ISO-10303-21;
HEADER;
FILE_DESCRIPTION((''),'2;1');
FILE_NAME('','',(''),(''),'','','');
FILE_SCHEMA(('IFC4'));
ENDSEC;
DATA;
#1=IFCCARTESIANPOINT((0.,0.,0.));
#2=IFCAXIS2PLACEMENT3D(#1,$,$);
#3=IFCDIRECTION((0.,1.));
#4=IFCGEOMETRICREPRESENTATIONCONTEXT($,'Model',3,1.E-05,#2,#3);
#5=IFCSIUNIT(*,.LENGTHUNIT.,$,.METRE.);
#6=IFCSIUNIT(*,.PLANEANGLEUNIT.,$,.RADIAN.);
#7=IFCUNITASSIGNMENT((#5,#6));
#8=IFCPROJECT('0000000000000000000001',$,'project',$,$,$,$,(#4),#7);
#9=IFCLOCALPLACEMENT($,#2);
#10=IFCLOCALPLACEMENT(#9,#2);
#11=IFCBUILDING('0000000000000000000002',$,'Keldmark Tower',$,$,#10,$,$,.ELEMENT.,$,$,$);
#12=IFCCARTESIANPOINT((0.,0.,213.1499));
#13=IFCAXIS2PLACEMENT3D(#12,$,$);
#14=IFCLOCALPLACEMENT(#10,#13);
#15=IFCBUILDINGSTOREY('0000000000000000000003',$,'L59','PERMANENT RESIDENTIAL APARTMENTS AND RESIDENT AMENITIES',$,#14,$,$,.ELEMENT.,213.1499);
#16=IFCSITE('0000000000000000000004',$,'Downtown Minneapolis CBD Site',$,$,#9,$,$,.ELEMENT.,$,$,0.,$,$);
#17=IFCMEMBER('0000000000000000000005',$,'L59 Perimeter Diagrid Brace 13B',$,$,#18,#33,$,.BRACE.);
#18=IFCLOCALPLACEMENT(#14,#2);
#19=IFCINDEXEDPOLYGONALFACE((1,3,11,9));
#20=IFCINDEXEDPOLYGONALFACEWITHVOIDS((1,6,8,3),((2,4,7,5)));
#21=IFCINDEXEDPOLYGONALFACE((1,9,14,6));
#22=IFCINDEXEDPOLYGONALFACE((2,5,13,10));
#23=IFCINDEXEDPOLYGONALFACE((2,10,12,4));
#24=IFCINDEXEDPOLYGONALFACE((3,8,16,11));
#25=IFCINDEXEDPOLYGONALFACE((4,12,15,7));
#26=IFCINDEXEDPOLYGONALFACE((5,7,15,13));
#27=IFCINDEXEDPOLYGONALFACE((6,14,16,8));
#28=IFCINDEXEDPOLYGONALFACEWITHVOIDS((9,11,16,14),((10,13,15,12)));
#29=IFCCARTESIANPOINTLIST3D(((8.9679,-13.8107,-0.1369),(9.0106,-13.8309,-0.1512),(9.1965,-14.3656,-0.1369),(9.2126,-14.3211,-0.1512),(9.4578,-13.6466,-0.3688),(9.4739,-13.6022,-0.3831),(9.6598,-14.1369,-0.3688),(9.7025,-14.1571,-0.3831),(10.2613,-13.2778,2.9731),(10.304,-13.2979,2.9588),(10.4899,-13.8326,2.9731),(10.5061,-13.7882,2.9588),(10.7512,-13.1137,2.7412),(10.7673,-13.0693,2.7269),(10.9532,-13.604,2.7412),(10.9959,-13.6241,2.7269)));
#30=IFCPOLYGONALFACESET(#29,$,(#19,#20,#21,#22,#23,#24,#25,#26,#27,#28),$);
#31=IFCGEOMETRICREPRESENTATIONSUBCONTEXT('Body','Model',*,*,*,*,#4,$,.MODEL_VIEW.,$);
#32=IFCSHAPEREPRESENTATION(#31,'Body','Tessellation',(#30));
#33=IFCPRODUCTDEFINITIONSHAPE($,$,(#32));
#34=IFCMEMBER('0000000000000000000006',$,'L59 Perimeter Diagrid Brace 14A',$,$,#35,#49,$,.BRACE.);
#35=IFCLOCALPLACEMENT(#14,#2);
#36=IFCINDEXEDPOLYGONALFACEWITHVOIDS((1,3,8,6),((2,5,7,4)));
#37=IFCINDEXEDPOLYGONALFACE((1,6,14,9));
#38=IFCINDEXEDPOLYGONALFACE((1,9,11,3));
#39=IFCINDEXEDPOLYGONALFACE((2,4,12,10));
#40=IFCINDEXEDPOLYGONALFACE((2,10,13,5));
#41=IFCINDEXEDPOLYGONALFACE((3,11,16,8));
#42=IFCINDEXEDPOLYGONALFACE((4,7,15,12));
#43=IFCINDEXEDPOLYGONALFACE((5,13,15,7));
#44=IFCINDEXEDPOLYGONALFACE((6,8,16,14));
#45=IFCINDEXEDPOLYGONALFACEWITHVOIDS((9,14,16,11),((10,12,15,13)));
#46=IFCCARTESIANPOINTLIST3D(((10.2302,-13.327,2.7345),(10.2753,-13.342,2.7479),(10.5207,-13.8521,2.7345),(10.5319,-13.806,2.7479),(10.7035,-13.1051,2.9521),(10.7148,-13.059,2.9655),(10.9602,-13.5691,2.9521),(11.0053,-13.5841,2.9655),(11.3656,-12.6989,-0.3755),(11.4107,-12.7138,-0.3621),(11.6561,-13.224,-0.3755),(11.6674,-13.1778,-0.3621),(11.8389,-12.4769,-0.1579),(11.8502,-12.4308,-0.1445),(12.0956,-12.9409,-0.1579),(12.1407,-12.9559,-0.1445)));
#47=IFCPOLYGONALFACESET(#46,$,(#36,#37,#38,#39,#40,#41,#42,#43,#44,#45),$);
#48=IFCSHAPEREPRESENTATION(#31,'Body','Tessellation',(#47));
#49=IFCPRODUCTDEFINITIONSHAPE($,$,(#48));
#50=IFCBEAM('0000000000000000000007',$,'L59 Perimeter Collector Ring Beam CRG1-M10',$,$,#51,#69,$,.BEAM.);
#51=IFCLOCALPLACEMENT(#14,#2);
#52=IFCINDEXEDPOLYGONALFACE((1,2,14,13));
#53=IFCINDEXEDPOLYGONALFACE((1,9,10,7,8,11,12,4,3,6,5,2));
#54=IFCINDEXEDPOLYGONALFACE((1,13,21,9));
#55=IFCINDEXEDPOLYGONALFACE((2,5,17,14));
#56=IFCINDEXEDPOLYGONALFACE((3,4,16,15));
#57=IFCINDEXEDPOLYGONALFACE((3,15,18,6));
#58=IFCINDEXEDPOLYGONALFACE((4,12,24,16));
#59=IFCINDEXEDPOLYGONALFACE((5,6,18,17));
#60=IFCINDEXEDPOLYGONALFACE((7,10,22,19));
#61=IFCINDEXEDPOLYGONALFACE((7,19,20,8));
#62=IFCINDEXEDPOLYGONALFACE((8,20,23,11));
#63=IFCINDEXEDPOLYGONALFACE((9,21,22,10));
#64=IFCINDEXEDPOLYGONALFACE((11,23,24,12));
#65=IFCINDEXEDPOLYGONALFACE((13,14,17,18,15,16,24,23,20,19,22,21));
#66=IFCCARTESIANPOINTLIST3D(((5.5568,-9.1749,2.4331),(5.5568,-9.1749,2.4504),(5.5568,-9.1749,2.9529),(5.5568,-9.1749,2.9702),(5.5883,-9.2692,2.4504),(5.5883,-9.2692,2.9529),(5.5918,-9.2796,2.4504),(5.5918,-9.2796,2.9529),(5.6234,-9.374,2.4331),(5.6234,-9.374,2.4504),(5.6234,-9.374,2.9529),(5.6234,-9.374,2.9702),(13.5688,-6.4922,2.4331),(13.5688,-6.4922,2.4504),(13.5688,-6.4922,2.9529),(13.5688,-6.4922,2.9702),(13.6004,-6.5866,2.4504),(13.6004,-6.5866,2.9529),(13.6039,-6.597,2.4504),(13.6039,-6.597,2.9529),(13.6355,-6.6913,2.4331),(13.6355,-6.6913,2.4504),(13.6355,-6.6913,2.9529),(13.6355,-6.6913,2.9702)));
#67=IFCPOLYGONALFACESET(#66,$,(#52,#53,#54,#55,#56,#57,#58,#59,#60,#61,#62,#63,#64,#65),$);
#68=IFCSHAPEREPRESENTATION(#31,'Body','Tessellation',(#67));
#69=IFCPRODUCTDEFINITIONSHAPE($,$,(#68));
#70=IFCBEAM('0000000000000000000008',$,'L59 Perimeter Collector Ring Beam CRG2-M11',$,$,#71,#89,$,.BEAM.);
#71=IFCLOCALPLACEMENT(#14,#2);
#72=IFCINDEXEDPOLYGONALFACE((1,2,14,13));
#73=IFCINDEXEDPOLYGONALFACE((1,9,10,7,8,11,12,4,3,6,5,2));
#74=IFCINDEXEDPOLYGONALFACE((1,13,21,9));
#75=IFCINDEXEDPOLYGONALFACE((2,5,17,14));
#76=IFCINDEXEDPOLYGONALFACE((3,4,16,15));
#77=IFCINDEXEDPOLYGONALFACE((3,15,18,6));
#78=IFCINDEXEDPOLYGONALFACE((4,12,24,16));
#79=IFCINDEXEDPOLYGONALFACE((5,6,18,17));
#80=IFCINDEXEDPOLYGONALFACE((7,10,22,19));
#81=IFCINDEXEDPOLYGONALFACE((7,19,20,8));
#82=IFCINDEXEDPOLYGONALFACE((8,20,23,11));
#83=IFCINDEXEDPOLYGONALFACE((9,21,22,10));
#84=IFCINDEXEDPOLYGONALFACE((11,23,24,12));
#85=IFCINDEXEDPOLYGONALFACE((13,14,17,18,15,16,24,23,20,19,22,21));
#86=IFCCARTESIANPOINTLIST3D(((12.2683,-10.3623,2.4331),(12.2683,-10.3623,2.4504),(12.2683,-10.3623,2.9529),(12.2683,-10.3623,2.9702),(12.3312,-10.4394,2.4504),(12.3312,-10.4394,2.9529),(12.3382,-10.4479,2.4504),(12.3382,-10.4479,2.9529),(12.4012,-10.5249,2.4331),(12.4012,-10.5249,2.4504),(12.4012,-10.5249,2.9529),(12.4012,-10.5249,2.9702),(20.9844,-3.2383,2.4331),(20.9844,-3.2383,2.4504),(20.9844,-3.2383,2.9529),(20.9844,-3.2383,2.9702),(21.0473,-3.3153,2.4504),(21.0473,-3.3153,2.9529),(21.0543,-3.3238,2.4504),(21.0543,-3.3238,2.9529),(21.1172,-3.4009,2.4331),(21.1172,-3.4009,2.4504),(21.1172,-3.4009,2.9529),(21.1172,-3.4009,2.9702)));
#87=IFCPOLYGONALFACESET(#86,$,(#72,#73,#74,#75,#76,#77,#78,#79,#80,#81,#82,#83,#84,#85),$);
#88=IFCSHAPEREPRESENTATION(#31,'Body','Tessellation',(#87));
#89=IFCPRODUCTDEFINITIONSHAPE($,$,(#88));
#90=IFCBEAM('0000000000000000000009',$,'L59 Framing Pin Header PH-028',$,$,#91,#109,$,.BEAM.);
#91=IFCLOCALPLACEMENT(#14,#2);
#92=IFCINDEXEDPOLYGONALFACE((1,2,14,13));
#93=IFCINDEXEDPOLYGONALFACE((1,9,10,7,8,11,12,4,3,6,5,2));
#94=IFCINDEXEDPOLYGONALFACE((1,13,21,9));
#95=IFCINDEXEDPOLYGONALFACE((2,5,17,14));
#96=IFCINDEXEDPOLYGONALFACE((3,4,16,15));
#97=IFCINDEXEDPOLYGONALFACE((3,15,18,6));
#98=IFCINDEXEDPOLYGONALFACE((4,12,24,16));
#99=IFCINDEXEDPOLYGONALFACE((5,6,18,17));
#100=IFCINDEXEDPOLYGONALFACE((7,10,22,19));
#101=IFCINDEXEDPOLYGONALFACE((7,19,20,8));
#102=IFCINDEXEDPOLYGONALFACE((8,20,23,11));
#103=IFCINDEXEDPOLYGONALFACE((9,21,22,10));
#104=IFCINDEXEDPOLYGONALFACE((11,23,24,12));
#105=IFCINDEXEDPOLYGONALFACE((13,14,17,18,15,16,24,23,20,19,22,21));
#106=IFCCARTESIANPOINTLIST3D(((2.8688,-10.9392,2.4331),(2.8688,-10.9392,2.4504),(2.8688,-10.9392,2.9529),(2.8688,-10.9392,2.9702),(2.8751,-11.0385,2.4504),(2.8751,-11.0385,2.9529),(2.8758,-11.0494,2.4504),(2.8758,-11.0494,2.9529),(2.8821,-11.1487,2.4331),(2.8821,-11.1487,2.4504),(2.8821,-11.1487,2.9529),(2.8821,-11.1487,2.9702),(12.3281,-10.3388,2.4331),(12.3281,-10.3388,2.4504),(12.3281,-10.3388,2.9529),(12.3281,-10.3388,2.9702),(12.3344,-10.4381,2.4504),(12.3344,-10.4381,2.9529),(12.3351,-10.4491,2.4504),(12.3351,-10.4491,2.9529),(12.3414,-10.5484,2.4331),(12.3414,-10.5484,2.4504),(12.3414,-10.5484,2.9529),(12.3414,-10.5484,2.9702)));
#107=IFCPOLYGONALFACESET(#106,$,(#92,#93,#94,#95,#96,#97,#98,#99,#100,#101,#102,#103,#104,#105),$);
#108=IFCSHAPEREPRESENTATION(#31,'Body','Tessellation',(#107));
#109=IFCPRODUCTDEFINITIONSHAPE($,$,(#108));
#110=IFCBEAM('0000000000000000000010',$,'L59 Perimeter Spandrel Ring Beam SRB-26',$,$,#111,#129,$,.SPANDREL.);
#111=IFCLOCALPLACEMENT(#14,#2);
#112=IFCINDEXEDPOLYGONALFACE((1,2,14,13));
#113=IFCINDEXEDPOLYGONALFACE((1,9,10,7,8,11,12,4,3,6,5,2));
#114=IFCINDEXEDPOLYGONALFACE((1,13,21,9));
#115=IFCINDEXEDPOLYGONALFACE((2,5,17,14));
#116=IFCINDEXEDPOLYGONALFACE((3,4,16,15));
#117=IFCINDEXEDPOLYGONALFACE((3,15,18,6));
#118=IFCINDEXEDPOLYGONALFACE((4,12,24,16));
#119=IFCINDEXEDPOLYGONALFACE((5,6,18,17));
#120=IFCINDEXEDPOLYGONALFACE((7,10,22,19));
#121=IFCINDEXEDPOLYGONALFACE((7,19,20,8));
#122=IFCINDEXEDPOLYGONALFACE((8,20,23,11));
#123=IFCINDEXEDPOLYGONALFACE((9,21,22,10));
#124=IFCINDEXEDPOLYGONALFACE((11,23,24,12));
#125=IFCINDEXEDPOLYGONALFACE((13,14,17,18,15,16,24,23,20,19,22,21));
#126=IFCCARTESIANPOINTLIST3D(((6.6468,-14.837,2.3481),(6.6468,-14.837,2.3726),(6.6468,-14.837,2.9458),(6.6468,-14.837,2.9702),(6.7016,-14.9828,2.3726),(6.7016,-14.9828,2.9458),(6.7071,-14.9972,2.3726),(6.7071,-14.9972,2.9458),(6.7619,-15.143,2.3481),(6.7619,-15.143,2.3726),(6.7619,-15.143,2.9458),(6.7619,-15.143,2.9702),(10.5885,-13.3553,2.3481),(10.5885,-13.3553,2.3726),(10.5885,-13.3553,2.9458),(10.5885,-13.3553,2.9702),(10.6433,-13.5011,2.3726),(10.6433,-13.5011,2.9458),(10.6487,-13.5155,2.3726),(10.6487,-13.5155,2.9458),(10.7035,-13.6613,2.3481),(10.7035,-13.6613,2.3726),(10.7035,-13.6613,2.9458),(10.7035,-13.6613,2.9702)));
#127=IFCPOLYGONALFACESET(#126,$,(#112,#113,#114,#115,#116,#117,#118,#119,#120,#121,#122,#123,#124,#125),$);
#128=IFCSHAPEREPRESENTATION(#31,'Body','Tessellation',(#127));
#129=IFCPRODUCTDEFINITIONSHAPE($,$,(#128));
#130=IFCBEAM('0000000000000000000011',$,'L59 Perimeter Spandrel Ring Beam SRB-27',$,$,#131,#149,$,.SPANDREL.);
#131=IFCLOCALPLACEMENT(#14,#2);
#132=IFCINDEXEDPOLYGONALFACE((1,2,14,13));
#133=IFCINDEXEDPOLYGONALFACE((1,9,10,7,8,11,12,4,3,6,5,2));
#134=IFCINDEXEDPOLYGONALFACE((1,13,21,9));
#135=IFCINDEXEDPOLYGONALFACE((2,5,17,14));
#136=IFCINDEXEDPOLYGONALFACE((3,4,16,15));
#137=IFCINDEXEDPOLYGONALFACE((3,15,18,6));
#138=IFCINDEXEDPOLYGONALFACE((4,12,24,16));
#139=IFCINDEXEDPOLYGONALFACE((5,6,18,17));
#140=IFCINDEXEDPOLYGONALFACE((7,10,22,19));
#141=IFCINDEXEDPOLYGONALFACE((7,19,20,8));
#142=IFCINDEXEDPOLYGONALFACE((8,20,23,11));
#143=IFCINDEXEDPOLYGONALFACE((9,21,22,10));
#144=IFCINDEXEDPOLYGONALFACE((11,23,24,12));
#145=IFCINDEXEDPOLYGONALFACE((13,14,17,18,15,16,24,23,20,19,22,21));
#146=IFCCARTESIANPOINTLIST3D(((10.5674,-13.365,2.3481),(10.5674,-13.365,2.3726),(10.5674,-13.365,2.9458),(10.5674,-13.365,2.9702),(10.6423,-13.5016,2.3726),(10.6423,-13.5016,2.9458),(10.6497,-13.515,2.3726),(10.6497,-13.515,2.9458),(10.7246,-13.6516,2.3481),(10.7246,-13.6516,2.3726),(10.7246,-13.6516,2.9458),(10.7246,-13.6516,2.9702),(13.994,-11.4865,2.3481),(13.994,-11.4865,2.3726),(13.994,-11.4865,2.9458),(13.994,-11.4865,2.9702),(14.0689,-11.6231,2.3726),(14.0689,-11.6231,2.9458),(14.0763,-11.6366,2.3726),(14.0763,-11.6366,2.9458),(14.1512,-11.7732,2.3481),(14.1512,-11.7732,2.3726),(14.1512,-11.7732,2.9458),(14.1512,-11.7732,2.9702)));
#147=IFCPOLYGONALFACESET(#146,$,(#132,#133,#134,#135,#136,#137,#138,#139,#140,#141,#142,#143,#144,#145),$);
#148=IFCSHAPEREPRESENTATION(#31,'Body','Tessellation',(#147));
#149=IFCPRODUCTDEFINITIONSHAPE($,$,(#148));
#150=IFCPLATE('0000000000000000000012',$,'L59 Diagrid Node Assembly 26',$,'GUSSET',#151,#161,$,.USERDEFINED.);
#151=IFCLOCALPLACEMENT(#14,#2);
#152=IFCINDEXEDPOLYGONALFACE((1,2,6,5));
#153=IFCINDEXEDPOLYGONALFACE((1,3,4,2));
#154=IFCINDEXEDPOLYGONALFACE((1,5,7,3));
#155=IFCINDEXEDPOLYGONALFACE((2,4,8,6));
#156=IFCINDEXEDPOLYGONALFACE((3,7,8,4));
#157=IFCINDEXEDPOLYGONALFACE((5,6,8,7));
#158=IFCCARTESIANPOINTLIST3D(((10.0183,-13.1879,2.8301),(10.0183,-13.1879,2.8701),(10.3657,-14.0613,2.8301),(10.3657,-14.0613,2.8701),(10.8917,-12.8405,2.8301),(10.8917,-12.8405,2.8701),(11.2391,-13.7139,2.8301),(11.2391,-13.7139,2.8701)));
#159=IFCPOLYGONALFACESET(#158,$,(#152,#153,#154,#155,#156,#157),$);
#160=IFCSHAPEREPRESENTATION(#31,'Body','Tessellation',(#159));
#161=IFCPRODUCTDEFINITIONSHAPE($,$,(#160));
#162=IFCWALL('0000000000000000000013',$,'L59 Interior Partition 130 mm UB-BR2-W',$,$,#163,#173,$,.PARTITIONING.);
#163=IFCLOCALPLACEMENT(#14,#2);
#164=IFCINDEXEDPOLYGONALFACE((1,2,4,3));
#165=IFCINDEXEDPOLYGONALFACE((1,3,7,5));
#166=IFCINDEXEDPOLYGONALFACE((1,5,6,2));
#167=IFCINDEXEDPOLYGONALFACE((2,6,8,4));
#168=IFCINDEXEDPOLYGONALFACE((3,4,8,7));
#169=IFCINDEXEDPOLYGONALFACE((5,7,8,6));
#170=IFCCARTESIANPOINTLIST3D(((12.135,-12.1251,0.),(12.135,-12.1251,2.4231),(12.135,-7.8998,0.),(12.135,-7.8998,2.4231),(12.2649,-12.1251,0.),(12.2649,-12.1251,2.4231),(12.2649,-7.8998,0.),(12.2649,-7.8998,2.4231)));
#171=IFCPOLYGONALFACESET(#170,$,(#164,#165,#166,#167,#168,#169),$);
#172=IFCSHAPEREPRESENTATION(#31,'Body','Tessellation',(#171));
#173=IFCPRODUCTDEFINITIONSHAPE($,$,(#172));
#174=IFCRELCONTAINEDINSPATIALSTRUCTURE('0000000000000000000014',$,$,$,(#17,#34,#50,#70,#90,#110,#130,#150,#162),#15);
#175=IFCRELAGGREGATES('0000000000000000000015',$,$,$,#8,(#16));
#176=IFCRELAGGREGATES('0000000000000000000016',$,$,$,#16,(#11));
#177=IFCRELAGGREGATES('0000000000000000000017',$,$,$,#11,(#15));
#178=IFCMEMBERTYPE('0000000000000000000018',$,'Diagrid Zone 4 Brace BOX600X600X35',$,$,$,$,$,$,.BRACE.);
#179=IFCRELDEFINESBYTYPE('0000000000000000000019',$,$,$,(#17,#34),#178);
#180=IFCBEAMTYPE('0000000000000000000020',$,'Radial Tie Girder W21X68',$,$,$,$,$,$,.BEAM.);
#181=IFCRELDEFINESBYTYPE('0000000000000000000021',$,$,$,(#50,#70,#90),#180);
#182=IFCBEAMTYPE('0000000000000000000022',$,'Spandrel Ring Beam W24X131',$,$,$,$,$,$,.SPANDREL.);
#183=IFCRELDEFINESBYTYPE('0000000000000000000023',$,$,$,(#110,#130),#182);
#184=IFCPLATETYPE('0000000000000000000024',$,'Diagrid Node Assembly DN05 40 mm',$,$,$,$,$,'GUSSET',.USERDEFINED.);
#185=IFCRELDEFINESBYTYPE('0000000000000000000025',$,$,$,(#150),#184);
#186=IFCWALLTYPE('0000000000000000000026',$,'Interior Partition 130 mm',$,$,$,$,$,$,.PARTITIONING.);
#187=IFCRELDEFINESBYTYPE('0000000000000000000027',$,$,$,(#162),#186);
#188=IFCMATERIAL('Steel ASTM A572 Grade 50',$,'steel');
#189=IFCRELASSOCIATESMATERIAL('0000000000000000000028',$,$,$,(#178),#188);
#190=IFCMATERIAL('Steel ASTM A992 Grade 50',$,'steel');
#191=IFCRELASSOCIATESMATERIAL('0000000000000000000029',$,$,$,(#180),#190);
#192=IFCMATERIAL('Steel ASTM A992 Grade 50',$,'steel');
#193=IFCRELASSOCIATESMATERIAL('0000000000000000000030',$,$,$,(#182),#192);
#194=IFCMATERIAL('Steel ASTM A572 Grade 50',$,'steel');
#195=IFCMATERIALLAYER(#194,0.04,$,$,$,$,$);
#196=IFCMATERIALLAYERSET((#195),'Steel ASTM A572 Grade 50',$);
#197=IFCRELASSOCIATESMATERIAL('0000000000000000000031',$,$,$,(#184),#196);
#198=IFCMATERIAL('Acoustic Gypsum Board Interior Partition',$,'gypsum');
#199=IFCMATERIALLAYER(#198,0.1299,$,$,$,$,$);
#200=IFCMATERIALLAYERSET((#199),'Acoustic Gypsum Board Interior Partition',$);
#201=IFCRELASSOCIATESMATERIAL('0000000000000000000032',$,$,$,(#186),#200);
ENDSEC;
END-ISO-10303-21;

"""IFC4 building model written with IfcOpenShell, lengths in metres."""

from ifc_helpers import new_model, si_unit, direction, frame, frame_2d, origin, origin_2d, place, context, subcontext, project, spatial, rectangle, hollow_rectangle, i_section, extrude, material, layer, layer_set, material_profile, profile_set, type_object, element, save


model = new_model("IFC4")

# Units and contexts
model_context = context("Model", 3, precision=1e-05, world=origin(), true_north=direction((0.0, 1.0)))
body_context = subcontext(model_context, "Body", "Model", "MODEL_VIEW")
ifc_project = project(units=[si_unit("LENGTHUNIT", "METRE"), si_unit("PLANEANGLEUNIT", "RADIAN")], contexts=[model_context])

# Site, building, storey
site_placement = place(None, origin())
site = spatial("IfcSite", under=ifc_project, at=site_placement, Name="Downtown Minneapolis CBD Site", CompositionType="ELEMENT", RefElevation=0.0)
building_placement = place(site_placement, origin())
building = spatial("IfcBuilding", under=site, at=building_placement, Name="Keldmark Tower", CompositionType="ELEMENT")
storey_placement = place(building_placement, frame((0.0, 0.0, 213.1499)))
storey = spatial("IfcBuildingStorey", under=building, at=storey_placement, Name="L59", Description="PERMANENT RESIDENTIAL APARTMENTS AND RESIDENT AMENITIES", CompositionType="ELEMENT", Elevation=213.1499)

# Members
ifc_material_1 = material(Name="Steel ASTM A572 Grade 50", Category="steel")
ifc_material_profile_1 = material_profile(ifc_material_1, hollow_rectangle(XDim=0.6001, YDim=0.6001, WallThickness=0.0349, at=origin_2d()), Name="BOX600X600X35")
ifc_profile_set_1 = profile_set([ifc_material_profile_1], Name="Steel ASTM A572 Grade 50")
member_type = type_object("IfcMemberType", Name="Diagrid Zone 4 Brace BOX600X600X35", PredefinedType="BRACE", material=ifc_profile_set_1)
member_1_placement = place(storey_placement, frame((9.3352, -13.9839, -0.26), z_axis=(0.379284, 0.156281, 0.911987), x_axis=(-0.380969, 0.924588, 0.0)))
element("IfcMember", 1, at=member_1_placement, inside=storey, type_object=member_type, Name="L59 Perimeter Diagrid Brace 13B", PredefinedType="BRACE", context=body_context, shape_type="SweptSolid", body=[
    extrude(hollow_rectangle(XDim=0.6001, YDim=0.6001, WallThickness=0.0349, at=origin_2d()), origin(), (0.0, 0.0, 1.0), 3.4102),
])
member_2_placement = place(storey_placement, frame((11.7532, -12.8274, -0.26), z_axis=(-0.336946, -0.186403, 0.922888), x_axis=(0.484077, -0.875026, 0.0)))
element("IfcMember", 2, at=member_2_placement, inside=storey, type_object=member_type, Name="L59 Perimeter Diagrid Brace 14A", PredefinedType="BRACE", context=body_context, shape_type="SweptSolid", body=[
    extrude(hollow_rectangle(XDim=0.6001, YDim=0.6001, WallThickness=0.0349, at=origin_2d()), origin(), (0.0, 0.0, 1.0), 3.3699),
])

# Beams
ifc_material_2 = material(Name="Steel ASTM A992 Grade 50", Category="steel")
ifc_material_profile_2 = material_profile(ifc_material_2, i_section(OverallWidth=0.21, OverallDepth=0.5371, WebThickness=0.011, FlangeThickness=0.0173, at=origin_2d()), Name="W21X68")
ifc_profile_set_2 = profile_set([ifc_material_profile_2], Name="Steel ASTM A992 Grade 50")
beam_type_1 = type_object("IfcBeamType", Name="Radial Tie Girder W21X68", PredefinedType="BEAM", material=ifc_profile_set_2)
beam_1_placement = place(storey_placement, frame((5.5901, -9.2744, 2.7017), z_axis=(0.948258, 0.317502, 0.0), x_axis=(-0.317502, 0.948258, 0.0)))
element("IfcBeam", 3, at=beam_1_placement, inside=storey, type_object=beam_type_1, Name="L59 Perimeter Collector Ring Beam CRG1-M10", PredefinedType="BEAM", context=body_context, shape_type="SweptSolid", body=[
    extrude(i_section(OverallWidth=0.21, OverallDepth=0.5371, WebThickness=0.011, FlangeThickness=0.0173, at=origin_2d()), origin(), (0.0, 0.0, 1.0), 8.4492),
])
beam_2_placement = place(storey_placement, frame((12.3347, -10.4436, 2.7017), z_axis=(0.774275, 0.632849, 0.0), x_axis=(-0.632849, 0.774275, 0.0)))
element("IfcBeam", 4, at=beam_2_placement, inside=storey, type_object=beam_type_1, Name="L59 Perimeter Collector Ring Beam CRG2-M11", PredefinedType="BEAM", context=body_context, shape_type="SweptSolid", body=[
    extrude(i_section(OverallWidth=0.21, OverallDepth=0.5371, WebThickness=0.011, FlangeThickness=0.0173, at=origin_2d()), origin(), (0.0, 0.0, 1.0), 11.2571),
])
beam_3_placement = place(storey_placement, frame((12.3347, -10.4436, 2.7017), z_axis=(-0.997992, -0.063339, 0.0), x_axis=(0.063339, -0.997992, 0.0)))
element("IfcBeam", 5, at=beam_3_placement, inside=storey, type_object=beam_type_1, Name="L59 Framing Pin Header PH-028", PredefinedType="BEAM", context=body_context, shape_type="SweptSolid", body=[
    extrude(i_section(OverallWidth=0.21, OverallDepth=0.5371, WebThickness=0.011, FlangeThickness=0.0173, at=origin_2d()), origin(), (0.0, 0.0, 1.0), 9.4783),
])
ifc_material_3 = material(Name="Steel ASTM A992 Grade 50", Category="steel")
ifc_material_profile_3 = material_profile(ifc_material_3, i_section(OverallWidth=0.3269, OverallDepth=0.6221, WebThickness=0.0154, FlangeThickness=0.0244, at=origin_2d()), Name="W24X131")
ifc_profile_set_3 = profile_set([ifc_material_profile_3], Name="Steel ASTM A992 Grade 50")
beam_type_2 = type_object("IfcBeamType", Name="Spandrel Ring Beam W24X131", PredefinedType="SPANDREL", material=ifc_profile_set_3)
beam_4_placement = place(storey_placement, frame((6.7043, -14.99, 2.6592), z_axis=(0.93605, 0.351867, 0.0), x_axis=(-0.351867, 0.93605, 0.0)))
element("IfcBeam", 6, at=beam_4_placement, inside=storey, type_object=beam_type_2, Name="L59 Perimeter Spandrel Ring Beam SRB-26", PredefinedType="SPANDREL", context=body_context, shape_type="SweptSolid", body=[
    extrude(i_section(OverallWidth=0.3269, OverallDepth=0.6221, WebThickness=0.0154, FlangeThickness=0.0244, at=origin_2d()), origin(), (0.0, 0.0, 1.0), 4.2109),
])
beam_5_placement = place(storey_placement, frame((10.646, -13.5083, 2.6592), z_axis=(0.876881, 0.480707, 0.0), x_axis=(-0.480707, 0.876881, 0.0)))
element("IfcBeam", 7, at=beam_5_placement, inside=storey, type_object=beam_type_2, Name="L59 Perimeter Spandrel Ring Beam SRB-27", PredefinedType="SPANDREL", context=body_context, shape_type="SweptSolid", body=[
    extrude(i_section(OverallWidth=0.3269, OverallDepth=0.6221, WebThickness=0.0154, FlangeThickness=0.0244, at=origin_2d()), origin(), (0.0, 0.0, 1.0), 3.9077),
])

# Plate
ifc_material_4 = material(Name="Steel ASTM A572 Grade 50", Category="steel")
ifc_layer_1 = layer(ifc_material_4, 0.04)
ifc_layer_set_1 = layer_set([ifc_layer_1], Name="Steel ASTM A572 Grade 50")
plate_type = type_object("IfcPlateType", Name="Diagrid Node Assembly DN05 40 mm", ElementType="GUSSET", PredefinedType="USERDEFINED", material=ifc_layer_set_1)
plate_placement = place(storey_placement, frame((10.6287, -13.4509, 2.8301), z_axis=(0.0, 0.0, 1.0), x_axis=(0.929197, 0.369585, 0.0)))
element("IfcPlate", 8, at=plate_placement, inside=storey, type_object=plate_type, Name="L59 Diagrid Node Assembly 26", ObjectType="GUSSET", PredefinedType="USERDEFINED", context=body_context, shape_type="SweptSolid", body=[
    extrude(rectangle(XDim=0.9399, YDim=0.9399, at=origin_2d()), origin(), (0.0, 0.0, 1.0), 0.04),
])

# Wall
ifc_material_5 = material(Name="Acoustic Gypsum Board Interior Partition", Category="gypsum")
ifc_layer_2 = layer(ifc_material_5, 0.1299)
ifc_layer_set_2 = layer_set([ifc_layer_2], Name="Acoustic Gypsum Board Interior Partition")
wall_type_1 = type_object("IfcWallType", Name="Interior Partition 130 mm", PredefinedType="PARTITIONING", material=ifc_layer_set_2)
wall_1_placement = place(storey_placement, frame((12.2, -12.1252, 0.0), z_axis=(0.0, 0.0, 1.0), x_axis=(0.0, 1.0, 0.0)))
element("IfcWall", 9, at=wall_1_placement, inside=storey, type_object=wall_type_1, Name="L59 Interior Partition 130 mm UB-BR2-W", PredefinedType="PARTITIONING", context=body_context, shape_type="SweptSolid", body=[
    extrude(rectangle(XDim=4.2253, YDim=0.1299, at=frame_2d((2.1128, 0.0))), origin(), (0.0, 0.0, 1.0), 2.4231),
])

save(model, "model.ifc")
